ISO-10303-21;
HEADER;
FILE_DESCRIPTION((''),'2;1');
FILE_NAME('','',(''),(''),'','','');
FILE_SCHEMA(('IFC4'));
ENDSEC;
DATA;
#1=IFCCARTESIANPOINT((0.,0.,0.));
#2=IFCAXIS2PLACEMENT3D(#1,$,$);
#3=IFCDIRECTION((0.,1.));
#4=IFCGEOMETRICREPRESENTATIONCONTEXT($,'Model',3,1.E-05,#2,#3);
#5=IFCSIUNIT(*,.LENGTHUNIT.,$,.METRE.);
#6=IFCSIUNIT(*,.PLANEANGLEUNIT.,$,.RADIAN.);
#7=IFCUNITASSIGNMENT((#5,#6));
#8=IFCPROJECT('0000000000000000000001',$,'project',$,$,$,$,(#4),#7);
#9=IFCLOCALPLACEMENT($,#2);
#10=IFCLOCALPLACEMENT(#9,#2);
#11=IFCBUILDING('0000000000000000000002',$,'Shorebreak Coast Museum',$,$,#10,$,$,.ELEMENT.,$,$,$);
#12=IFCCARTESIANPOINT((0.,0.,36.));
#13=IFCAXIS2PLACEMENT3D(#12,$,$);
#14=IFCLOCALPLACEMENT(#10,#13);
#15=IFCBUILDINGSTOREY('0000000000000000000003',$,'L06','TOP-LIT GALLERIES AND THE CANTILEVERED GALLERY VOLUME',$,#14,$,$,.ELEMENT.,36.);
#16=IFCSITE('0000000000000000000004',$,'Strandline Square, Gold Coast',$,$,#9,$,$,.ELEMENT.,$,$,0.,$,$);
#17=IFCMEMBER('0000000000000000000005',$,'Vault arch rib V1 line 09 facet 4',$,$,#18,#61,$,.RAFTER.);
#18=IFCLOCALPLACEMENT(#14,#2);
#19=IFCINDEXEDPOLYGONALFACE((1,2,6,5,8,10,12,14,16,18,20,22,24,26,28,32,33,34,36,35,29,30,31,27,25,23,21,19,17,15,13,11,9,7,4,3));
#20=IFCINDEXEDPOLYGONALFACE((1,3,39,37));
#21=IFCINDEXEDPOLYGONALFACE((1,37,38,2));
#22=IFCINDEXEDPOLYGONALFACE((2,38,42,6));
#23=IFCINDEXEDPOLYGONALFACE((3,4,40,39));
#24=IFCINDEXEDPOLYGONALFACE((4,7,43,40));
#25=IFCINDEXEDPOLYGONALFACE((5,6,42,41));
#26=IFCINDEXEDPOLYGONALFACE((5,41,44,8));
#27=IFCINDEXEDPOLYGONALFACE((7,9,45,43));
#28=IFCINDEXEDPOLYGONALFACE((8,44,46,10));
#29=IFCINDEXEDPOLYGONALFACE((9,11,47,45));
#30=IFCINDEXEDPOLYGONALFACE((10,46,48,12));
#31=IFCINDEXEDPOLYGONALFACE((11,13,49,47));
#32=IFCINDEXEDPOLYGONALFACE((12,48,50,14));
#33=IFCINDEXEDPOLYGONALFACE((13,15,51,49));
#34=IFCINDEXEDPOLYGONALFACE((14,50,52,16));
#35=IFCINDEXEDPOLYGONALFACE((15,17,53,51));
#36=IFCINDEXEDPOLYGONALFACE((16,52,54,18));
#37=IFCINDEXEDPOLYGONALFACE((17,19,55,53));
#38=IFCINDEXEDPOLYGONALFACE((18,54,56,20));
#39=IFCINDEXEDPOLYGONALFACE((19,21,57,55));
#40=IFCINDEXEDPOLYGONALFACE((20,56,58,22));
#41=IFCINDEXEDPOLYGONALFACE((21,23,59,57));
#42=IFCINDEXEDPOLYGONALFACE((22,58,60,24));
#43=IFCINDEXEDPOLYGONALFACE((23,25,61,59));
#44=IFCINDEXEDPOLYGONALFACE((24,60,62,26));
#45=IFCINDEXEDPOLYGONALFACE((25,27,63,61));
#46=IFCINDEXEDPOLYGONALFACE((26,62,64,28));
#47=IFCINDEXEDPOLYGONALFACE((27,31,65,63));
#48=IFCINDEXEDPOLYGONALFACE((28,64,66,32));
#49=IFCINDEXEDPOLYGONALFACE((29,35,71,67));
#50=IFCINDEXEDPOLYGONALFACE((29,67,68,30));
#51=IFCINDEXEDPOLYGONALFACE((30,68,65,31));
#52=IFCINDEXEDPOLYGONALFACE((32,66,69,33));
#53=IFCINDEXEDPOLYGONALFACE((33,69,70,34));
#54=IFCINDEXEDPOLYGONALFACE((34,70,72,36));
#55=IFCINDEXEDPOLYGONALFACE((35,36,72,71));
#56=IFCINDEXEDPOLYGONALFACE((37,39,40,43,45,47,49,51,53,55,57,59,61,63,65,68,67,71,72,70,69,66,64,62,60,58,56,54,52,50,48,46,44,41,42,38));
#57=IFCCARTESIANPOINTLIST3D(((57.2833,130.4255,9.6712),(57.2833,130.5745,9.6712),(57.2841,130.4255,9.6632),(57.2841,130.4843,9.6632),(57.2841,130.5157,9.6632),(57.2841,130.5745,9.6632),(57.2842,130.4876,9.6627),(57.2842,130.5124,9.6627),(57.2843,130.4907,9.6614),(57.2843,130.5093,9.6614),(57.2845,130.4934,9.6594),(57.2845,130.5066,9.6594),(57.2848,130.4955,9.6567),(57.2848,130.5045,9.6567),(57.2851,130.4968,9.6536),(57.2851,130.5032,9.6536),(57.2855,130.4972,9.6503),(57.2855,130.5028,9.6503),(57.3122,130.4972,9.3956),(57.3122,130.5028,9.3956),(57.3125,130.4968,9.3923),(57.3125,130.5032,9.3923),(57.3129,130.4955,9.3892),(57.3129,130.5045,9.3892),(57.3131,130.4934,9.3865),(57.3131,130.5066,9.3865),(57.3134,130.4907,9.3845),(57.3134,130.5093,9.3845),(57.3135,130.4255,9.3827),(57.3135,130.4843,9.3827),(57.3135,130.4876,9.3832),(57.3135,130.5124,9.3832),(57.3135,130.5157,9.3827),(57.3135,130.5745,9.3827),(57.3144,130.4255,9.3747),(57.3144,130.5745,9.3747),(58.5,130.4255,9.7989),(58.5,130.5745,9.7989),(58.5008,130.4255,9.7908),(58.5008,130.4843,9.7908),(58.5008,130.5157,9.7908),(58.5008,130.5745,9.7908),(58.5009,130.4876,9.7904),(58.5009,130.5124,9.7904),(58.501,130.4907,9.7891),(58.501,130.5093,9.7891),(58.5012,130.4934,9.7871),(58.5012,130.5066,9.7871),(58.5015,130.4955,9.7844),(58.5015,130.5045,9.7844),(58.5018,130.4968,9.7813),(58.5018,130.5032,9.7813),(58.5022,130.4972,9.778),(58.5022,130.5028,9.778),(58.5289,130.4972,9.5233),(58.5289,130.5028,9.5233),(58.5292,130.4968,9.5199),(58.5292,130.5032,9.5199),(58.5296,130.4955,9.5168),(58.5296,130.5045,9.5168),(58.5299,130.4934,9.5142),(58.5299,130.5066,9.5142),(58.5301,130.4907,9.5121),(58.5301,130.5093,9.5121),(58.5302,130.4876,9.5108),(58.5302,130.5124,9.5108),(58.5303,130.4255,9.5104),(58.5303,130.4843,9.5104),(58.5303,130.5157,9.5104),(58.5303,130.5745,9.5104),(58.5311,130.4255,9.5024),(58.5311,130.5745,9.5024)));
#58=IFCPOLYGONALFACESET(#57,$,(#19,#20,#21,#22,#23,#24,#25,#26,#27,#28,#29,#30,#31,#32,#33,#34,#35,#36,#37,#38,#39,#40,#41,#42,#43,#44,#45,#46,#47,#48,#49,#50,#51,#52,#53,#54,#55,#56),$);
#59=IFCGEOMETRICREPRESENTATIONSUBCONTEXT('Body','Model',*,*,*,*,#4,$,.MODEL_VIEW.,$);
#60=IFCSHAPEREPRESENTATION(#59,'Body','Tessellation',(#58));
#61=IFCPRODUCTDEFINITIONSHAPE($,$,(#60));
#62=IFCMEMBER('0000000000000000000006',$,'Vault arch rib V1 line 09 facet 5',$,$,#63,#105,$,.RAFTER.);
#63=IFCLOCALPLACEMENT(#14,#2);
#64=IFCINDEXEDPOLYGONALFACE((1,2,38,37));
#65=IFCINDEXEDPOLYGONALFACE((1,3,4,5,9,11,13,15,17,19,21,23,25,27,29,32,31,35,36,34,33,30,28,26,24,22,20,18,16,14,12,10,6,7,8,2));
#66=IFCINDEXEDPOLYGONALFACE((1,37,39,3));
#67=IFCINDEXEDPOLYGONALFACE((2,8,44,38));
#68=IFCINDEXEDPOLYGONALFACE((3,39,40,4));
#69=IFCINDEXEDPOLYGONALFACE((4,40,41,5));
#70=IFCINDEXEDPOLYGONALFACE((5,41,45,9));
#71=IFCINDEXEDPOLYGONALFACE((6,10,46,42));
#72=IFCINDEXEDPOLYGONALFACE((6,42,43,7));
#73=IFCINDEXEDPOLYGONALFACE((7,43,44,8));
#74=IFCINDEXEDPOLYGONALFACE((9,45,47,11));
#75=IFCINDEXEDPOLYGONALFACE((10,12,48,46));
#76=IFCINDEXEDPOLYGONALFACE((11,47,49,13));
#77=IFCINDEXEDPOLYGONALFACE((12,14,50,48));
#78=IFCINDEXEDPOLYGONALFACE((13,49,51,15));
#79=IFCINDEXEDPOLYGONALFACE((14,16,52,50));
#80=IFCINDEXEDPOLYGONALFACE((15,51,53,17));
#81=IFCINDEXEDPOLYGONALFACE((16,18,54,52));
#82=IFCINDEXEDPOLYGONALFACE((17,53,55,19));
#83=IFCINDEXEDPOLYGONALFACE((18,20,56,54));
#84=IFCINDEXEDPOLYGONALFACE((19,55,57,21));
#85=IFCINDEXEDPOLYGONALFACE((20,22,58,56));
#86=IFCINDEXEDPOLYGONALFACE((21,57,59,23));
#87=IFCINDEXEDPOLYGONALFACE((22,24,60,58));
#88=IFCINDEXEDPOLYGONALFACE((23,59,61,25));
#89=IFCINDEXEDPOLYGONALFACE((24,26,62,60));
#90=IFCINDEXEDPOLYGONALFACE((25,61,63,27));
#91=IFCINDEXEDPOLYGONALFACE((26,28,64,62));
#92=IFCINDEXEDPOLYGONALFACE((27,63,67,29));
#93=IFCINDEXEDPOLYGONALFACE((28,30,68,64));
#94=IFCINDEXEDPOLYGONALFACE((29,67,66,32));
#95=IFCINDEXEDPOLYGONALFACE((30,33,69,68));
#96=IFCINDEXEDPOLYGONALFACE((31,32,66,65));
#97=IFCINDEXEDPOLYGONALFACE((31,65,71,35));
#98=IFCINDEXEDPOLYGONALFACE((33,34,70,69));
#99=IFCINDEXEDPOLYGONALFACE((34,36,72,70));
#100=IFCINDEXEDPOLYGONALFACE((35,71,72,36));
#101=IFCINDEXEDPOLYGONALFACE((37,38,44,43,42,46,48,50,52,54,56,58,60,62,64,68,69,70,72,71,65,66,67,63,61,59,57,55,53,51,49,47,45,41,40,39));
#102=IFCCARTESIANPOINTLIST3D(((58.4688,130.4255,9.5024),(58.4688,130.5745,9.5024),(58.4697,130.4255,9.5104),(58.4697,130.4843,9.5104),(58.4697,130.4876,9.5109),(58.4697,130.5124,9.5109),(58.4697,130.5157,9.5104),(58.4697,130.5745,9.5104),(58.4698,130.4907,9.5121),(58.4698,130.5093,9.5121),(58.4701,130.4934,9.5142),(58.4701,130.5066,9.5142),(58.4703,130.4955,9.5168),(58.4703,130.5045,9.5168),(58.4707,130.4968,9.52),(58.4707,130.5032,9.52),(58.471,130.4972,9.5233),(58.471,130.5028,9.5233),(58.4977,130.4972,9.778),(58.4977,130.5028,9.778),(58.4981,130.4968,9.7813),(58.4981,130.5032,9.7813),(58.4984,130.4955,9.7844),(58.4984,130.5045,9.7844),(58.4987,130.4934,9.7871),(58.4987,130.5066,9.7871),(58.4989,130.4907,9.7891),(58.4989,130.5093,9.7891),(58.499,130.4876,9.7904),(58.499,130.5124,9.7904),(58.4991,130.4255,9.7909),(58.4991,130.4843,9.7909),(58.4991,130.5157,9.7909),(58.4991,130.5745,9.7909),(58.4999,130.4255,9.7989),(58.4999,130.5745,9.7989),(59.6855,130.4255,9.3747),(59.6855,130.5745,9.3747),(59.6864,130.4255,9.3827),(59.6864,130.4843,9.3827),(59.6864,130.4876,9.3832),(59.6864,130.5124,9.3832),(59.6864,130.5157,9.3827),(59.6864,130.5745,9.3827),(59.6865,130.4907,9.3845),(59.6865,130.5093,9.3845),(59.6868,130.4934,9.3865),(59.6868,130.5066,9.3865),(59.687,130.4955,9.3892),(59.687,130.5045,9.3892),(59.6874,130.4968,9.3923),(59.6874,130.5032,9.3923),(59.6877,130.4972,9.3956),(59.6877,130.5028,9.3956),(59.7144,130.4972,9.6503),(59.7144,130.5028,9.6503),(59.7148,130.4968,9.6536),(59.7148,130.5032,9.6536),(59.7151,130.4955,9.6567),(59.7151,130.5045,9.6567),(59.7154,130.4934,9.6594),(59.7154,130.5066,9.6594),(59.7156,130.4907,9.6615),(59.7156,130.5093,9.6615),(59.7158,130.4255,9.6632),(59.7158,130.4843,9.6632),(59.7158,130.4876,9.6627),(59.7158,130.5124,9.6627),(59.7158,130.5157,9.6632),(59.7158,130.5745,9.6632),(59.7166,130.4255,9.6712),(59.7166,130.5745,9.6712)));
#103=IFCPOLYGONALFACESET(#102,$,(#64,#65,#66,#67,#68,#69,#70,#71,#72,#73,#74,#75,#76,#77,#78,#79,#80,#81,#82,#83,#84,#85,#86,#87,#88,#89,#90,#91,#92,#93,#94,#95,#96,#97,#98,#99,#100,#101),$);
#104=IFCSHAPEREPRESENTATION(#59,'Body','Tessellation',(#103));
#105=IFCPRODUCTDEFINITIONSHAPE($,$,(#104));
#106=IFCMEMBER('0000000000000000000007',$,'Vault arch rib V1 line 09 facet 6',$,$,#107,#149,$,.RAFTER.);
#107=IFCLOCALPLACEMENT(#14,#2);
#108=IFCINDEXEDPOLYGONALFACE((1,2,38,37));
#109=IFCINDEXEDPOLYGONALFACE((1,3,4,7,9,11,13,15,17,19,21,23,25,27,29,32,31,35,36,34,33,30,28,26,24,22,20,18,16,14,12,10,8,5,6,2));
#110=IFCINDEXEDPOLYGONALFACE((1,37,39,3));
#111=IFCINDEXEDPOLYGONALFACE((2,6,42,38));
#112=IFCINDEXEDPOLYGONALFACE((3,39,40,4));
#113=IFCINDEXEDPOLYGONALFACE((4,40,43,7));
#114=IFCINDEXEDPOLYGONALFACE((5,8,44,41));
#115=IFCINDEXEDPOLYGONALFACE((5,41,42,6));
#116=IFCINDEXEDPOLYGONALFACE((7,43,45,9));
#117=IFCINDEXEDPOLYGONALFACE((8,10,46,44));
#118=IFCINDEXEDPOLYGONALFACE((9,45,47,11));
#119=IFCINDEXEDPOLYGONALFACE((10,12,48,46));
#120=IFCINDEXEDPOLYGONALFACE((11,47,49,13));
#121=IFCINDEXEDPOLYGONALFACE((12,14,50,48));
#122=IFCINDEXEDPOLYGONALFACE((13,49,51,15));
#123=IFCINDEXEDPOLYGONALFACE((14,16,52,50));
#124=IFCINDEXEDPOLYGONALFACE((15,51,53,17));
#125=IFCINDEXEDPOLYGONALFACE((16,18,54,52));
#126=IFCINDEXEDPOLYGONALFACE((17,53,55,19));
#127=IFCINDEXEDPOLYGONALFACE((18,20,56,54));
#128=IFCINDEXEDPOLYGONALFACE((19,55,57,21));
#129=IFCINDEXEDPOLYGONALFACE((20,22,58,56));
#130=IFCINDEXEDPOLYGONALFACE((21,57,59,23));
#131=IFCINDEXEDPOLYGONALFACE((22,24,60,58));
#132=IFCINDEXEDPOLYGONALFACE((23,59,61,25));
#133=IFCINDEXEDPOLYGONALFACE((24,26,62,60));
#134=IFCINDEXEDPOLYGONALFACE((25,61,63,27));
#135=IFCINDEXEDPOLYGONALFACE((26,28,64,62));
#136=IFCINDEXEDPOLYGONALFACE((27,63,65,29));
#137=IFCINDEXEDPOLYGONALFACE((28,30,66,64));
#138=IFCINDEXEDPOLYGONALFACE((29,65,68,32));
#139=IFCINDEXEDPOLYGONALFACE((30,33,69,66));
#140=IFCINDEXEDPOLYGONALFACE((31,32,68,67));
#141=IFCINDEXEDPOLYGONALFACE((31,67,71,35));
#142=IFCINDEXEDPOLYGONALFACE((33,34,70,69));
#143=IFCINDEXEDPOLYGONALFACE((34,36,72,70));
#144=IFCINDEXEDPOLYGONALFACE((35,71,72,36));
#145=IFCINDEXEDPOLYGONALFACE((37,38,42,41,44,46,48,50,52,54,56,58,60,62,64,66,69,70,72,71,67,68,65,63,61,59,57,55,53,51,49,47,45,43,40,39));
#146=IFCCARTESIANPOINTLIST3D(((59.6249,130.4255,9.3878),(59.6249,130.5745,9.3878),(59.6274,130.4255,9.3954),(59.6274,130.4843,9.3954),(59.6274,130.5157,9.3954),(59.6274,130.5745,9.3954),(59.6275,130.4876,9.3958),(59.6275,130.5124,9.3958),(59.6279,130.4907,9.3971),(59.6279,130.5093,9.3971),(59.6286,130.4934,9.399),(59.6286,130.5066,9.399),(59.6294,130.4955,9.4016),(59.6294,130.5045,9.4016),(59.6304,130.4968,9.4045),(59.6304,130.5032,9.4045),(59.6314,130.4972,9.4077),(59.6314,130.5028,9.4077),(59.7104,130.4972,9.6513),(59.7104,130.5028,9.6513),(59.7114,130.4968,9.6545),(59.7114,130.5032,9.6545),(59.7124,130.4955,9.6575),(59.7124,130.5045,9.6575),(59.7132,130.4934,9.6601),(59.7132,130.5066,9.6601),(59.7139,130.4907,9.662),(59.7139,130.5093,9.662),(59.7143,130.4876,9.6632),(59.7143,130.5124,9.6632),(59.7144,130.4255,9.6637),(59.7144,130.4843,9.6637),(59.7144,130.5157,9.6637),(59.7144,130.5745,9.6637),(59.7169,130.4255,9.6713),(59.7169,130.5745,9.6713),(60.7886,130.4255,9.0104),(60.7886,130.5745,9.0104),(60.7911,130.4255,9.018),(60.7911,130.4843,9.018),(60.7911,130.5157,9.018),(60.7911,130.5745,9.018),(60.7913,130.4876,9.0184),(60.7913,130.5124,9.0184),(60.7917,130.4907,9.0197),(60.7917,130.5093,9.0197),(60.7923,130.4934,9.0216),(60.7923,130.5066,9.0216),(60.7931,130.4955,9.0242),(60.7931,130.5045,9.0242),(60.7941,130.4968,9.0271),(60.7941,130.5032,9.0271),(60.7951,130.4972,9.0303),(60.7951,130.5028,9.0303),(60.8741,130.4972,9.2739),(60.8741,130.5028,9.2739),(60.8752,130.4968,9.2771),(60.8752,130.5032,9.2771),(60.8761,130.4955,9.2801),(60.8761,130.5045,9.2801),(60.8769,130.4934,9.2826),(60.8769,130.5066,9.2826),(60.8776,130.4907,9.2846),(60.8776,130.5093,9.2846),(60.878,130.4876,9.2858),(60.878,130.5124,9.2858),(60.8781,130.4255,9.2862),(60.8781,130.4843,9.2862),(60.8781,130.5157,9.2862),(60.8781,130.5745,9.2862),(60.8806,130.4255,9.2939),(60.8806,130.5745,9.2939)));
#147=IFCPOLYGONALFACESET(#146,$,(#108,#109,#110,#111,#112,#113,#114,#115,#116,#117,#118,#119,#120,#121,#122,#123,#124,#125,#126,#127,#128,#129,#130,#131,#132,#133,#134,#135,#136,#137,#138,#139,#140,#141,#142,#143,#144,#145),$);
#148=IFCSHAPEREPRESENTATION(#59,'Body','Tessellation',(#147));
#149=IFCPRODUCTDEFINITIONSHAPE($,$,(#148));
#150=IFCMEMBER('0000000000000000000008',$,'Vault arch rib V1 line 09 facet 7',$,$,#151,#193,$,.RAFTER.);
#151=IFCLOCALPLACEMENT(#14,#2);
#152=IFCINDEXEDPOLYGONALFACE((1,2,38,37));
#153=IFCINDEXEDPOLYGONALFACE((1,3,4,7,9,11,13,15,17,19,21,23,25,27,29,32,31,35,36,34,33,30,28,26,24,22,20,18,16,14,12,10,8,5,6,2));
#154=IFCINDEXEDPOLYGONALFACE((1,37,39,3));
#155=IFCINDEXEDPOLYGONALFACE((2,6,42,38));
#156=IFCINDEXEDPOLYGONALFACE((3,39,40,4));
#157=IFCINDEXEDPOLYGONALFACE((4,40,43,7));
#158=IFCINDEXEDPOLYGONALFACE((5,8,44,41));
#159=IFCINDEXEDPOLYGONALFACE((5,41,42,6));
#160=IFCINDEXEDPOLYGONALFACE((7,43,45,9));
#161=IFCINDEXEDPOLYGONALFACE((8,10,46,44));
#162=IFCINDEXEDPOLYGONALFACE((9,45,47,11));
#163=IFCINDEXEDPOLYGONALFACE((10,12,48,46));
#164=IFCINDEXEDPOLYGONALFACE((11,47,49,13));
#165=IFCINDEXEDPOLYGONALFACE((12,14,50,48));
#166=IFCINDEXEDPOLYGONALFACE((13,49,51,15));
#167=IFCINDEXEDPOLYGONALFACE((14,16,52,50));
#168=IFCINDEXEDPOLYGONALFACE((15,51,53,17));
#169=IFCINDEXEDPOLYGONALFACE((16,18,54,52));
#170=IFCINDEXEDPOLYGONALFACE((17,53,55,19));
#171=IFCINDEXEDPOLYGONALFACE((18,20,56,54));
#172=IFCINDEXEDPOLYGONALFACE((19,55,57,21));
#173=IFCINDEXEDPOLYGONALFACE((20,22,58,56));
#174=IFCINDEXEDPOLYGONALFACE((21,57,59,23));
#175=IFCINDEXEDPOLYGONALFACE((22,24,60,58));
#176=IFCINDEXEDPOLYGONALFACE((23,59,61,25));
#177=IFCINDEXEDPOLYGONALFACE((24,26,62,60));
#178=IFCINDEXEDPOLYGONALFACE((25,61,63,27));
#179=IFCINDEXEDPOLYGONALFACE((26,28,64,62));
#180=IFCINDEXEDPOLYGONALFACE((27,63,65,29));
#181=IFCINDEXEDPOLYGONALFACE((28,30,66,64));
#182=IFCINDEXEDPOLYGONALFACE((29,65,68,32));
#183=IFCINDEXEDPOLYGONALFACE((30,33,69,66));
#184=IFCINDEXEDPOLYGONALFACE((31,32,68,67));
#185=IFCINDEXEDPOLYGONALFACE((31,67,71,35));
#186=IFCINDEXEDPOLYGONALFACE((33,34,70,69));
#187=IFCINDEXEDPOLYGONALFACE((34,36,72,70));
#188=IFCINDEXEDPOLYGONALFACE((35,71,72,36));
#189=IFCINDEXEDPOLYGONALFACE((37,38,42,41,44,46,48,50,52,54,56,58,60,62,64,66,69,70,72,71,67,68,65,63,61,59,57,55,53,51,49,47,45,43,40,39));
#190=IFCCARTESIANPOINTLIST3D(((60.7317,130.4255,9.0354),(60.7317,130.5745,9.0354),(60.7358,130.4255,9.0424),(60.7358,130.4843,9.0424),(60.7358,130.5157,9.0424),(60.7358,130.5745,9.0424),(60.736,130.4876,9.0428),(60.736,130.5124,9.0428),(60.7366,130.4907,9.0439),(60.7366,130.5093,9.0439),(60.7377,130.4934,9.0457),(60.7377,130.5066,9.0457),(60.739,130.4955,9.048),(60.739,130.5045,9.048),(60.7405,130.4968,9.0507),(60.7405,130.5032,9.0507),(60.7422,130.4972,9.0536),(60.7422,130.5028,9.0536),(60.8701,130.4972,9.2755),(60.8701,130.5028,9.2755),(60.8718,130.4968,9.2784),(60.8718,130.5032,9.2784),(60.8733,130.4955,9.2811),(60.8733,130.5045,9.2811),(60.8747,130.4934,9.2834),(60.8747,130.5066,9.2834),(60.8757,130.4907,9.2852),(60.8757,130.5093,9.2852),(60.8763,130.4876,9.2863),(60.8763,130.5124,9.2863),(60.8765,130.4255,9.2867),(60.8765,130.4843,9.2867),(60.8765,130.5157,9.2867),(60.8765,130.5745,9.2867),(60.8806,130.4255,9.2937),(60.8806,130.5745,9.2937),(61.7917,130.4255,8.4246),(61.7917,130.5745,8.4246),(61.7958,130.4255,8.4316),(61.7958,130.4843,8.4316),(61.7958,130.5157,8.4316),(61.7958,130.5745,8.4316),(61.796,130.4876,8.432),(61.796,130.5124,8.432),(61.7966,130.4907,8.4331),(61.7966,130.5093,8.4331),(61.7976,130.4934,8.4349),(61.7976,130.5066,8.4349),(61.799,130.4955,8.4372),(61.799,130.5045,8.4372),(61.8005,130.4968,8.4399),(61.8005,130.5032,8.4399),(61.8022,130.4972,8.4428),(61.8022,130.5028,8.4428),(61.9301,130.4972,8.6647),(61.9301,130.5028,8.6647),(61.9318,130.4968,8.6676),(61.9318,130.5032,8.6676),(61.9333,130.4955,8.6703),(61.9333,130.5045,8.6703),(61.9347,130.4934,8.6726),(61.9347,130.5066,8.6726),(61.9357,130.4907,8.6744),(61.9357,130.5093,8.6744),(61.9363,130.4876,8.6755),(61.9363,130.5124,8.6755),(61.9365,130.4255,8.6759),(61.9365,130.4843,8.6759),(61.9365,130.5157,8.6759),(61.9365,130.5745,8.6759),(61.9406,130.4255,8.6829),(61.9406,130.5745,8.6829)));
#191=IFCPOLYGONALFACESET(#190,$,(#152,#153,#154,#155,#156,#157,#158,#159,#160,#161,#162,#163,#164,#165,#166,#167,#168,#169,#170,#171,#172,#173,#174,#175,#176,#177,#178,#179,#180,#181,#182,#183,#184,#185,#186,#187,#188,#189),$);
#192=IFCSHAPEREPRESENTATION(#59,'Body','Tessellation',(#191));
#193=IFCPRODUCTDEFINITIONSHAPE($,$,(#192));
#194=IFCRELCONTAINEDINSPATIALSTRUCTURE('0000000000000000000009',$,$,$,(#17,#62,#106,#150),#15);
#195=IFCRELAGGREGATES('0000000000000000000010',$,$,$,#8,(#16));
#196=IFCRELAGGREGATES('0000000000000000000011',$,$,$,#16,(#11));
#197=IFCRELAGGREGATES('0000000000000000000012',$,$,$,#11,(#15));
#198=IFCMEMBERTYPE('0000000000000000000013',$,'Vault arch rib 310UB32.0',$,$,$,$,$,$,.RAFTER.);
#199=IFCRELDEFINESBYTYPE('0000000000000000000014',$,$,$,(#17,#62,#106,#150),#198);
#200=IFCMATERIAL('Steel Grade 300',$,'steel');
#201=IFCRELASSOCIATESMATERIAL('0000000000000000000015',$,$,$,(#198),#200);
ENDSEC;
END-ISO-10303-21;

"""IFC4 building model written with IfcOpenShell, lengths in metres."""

from ifc_helpers import new_model, si_unit, direction, frame, origin, origin_2d, place, context, subcontext, project, spatial, i_section, extrude, material, material_profile, profile_set, type_object, element, save


model = new_model("IFC4")

# Units and contexts
model_context = context("Model", 3, precision=1e-05, world=origin(), true_north=direction((0.0, 1.0)))
body_context = subcontext(model_context, "Body", "Model", "MODEL_VIEW")
ifc_project = project(units=[si_unit("LENGTHUNIT", "METRE"), si_unit("PLANEANGLEUNIT", "RADIAN")], contexts=[model_context])

# Site, building, storey
site_placement = place(None, origin())
site = spatial("IfcSite", under=ifc_project, at=site_placement, Name="Strandline Square, Gold Coast", CompositionType="ELEMENT", RefElevation=0.0)
building_placement = place(site_placement, origin())
building = spatial("IfcBuilding", under=site, at=building_placement, Name="Shorebreak Coast Museum", CompositionType="ELEMENT")
storey_placement = place(building_placement, frame((0.0, 0.0, 36.0)))
storey = spatial("IfcBuildingStorey", under=building, at=storey_placement, Name="L06", Description="TOP-LIT GALLERIES AND THE CANTILEVERED GALLERY VOLUME", CompositionType="ELEMENT", Elevation=36.0)

# Members
ifc_material_1 = material(Name="Steel Grade 300", Category="steel")
ifc_material_profile_1 = material_profile(ifc_material_1, i_section(OverallWidth=0.1489, OverallDepth=0.2981, WebThickness=0.0056, FlangeThickness=0.0081, FilletRadius=0.0129, at=origin_2d()), Name="310UB32.0")
ifc_profile_set_1 = profile_set([ifc_material_profile_1], Name="Steel Grade 300")
member_type_1 = type_object("IfcMemberType", Name="Vault arch rib 310UB32.0", PredefinedType="RAFTER", material=ifc_profile_set_1)
for number, where, z_axis, x_axis, name in (
    (1, (57.2988, 130.5, 9.5229), (0.994539, 0.0, 0.104363), (0.0, 1.0, 0.0), "Vault arch rib V1 line 09 facet 4"),
    (2, (58.4844, 130.5, 9.6506), (0.994539, 0.0, -0.104363), (0.0, 1.0, 0.0), "Vault arch rib V1 line 09 facet 5"),
    (3, (59.6709, 130.5, 9.5295), (0.951226, 0.0, -0.308495), (0.0, 1.0, 0.0), "Vault arch rib V1 line 09 facet 6"),
    (4, (60.8062, 130.5, 9.1646), (0.866445, 0.0, -0.499273), (0.0, 1.0, 0.0), "Vault arch rib V1 line 09 facet 7"),
):
    element("IfcMember", number, at=place(storey_placement, frame(where, z_axis=z_axis, x_axis=x_axis)), inside=storey, type_object=member_type_1, Name=name, PredefinedType="RAFTER", context=body_context, shape_type="SweptSolid", body=[
        extrude(i_section(OverallWidth=0.1489, OverallDepth=0.2981, WebThickness=0.0056, FlangeThickness=0.0081, FilletRadius=0.0129, at=origin_2d()), origin(), (0.0, 0.0, 1.0), 1.2234),
    ])

save(model, "model.ifc")
